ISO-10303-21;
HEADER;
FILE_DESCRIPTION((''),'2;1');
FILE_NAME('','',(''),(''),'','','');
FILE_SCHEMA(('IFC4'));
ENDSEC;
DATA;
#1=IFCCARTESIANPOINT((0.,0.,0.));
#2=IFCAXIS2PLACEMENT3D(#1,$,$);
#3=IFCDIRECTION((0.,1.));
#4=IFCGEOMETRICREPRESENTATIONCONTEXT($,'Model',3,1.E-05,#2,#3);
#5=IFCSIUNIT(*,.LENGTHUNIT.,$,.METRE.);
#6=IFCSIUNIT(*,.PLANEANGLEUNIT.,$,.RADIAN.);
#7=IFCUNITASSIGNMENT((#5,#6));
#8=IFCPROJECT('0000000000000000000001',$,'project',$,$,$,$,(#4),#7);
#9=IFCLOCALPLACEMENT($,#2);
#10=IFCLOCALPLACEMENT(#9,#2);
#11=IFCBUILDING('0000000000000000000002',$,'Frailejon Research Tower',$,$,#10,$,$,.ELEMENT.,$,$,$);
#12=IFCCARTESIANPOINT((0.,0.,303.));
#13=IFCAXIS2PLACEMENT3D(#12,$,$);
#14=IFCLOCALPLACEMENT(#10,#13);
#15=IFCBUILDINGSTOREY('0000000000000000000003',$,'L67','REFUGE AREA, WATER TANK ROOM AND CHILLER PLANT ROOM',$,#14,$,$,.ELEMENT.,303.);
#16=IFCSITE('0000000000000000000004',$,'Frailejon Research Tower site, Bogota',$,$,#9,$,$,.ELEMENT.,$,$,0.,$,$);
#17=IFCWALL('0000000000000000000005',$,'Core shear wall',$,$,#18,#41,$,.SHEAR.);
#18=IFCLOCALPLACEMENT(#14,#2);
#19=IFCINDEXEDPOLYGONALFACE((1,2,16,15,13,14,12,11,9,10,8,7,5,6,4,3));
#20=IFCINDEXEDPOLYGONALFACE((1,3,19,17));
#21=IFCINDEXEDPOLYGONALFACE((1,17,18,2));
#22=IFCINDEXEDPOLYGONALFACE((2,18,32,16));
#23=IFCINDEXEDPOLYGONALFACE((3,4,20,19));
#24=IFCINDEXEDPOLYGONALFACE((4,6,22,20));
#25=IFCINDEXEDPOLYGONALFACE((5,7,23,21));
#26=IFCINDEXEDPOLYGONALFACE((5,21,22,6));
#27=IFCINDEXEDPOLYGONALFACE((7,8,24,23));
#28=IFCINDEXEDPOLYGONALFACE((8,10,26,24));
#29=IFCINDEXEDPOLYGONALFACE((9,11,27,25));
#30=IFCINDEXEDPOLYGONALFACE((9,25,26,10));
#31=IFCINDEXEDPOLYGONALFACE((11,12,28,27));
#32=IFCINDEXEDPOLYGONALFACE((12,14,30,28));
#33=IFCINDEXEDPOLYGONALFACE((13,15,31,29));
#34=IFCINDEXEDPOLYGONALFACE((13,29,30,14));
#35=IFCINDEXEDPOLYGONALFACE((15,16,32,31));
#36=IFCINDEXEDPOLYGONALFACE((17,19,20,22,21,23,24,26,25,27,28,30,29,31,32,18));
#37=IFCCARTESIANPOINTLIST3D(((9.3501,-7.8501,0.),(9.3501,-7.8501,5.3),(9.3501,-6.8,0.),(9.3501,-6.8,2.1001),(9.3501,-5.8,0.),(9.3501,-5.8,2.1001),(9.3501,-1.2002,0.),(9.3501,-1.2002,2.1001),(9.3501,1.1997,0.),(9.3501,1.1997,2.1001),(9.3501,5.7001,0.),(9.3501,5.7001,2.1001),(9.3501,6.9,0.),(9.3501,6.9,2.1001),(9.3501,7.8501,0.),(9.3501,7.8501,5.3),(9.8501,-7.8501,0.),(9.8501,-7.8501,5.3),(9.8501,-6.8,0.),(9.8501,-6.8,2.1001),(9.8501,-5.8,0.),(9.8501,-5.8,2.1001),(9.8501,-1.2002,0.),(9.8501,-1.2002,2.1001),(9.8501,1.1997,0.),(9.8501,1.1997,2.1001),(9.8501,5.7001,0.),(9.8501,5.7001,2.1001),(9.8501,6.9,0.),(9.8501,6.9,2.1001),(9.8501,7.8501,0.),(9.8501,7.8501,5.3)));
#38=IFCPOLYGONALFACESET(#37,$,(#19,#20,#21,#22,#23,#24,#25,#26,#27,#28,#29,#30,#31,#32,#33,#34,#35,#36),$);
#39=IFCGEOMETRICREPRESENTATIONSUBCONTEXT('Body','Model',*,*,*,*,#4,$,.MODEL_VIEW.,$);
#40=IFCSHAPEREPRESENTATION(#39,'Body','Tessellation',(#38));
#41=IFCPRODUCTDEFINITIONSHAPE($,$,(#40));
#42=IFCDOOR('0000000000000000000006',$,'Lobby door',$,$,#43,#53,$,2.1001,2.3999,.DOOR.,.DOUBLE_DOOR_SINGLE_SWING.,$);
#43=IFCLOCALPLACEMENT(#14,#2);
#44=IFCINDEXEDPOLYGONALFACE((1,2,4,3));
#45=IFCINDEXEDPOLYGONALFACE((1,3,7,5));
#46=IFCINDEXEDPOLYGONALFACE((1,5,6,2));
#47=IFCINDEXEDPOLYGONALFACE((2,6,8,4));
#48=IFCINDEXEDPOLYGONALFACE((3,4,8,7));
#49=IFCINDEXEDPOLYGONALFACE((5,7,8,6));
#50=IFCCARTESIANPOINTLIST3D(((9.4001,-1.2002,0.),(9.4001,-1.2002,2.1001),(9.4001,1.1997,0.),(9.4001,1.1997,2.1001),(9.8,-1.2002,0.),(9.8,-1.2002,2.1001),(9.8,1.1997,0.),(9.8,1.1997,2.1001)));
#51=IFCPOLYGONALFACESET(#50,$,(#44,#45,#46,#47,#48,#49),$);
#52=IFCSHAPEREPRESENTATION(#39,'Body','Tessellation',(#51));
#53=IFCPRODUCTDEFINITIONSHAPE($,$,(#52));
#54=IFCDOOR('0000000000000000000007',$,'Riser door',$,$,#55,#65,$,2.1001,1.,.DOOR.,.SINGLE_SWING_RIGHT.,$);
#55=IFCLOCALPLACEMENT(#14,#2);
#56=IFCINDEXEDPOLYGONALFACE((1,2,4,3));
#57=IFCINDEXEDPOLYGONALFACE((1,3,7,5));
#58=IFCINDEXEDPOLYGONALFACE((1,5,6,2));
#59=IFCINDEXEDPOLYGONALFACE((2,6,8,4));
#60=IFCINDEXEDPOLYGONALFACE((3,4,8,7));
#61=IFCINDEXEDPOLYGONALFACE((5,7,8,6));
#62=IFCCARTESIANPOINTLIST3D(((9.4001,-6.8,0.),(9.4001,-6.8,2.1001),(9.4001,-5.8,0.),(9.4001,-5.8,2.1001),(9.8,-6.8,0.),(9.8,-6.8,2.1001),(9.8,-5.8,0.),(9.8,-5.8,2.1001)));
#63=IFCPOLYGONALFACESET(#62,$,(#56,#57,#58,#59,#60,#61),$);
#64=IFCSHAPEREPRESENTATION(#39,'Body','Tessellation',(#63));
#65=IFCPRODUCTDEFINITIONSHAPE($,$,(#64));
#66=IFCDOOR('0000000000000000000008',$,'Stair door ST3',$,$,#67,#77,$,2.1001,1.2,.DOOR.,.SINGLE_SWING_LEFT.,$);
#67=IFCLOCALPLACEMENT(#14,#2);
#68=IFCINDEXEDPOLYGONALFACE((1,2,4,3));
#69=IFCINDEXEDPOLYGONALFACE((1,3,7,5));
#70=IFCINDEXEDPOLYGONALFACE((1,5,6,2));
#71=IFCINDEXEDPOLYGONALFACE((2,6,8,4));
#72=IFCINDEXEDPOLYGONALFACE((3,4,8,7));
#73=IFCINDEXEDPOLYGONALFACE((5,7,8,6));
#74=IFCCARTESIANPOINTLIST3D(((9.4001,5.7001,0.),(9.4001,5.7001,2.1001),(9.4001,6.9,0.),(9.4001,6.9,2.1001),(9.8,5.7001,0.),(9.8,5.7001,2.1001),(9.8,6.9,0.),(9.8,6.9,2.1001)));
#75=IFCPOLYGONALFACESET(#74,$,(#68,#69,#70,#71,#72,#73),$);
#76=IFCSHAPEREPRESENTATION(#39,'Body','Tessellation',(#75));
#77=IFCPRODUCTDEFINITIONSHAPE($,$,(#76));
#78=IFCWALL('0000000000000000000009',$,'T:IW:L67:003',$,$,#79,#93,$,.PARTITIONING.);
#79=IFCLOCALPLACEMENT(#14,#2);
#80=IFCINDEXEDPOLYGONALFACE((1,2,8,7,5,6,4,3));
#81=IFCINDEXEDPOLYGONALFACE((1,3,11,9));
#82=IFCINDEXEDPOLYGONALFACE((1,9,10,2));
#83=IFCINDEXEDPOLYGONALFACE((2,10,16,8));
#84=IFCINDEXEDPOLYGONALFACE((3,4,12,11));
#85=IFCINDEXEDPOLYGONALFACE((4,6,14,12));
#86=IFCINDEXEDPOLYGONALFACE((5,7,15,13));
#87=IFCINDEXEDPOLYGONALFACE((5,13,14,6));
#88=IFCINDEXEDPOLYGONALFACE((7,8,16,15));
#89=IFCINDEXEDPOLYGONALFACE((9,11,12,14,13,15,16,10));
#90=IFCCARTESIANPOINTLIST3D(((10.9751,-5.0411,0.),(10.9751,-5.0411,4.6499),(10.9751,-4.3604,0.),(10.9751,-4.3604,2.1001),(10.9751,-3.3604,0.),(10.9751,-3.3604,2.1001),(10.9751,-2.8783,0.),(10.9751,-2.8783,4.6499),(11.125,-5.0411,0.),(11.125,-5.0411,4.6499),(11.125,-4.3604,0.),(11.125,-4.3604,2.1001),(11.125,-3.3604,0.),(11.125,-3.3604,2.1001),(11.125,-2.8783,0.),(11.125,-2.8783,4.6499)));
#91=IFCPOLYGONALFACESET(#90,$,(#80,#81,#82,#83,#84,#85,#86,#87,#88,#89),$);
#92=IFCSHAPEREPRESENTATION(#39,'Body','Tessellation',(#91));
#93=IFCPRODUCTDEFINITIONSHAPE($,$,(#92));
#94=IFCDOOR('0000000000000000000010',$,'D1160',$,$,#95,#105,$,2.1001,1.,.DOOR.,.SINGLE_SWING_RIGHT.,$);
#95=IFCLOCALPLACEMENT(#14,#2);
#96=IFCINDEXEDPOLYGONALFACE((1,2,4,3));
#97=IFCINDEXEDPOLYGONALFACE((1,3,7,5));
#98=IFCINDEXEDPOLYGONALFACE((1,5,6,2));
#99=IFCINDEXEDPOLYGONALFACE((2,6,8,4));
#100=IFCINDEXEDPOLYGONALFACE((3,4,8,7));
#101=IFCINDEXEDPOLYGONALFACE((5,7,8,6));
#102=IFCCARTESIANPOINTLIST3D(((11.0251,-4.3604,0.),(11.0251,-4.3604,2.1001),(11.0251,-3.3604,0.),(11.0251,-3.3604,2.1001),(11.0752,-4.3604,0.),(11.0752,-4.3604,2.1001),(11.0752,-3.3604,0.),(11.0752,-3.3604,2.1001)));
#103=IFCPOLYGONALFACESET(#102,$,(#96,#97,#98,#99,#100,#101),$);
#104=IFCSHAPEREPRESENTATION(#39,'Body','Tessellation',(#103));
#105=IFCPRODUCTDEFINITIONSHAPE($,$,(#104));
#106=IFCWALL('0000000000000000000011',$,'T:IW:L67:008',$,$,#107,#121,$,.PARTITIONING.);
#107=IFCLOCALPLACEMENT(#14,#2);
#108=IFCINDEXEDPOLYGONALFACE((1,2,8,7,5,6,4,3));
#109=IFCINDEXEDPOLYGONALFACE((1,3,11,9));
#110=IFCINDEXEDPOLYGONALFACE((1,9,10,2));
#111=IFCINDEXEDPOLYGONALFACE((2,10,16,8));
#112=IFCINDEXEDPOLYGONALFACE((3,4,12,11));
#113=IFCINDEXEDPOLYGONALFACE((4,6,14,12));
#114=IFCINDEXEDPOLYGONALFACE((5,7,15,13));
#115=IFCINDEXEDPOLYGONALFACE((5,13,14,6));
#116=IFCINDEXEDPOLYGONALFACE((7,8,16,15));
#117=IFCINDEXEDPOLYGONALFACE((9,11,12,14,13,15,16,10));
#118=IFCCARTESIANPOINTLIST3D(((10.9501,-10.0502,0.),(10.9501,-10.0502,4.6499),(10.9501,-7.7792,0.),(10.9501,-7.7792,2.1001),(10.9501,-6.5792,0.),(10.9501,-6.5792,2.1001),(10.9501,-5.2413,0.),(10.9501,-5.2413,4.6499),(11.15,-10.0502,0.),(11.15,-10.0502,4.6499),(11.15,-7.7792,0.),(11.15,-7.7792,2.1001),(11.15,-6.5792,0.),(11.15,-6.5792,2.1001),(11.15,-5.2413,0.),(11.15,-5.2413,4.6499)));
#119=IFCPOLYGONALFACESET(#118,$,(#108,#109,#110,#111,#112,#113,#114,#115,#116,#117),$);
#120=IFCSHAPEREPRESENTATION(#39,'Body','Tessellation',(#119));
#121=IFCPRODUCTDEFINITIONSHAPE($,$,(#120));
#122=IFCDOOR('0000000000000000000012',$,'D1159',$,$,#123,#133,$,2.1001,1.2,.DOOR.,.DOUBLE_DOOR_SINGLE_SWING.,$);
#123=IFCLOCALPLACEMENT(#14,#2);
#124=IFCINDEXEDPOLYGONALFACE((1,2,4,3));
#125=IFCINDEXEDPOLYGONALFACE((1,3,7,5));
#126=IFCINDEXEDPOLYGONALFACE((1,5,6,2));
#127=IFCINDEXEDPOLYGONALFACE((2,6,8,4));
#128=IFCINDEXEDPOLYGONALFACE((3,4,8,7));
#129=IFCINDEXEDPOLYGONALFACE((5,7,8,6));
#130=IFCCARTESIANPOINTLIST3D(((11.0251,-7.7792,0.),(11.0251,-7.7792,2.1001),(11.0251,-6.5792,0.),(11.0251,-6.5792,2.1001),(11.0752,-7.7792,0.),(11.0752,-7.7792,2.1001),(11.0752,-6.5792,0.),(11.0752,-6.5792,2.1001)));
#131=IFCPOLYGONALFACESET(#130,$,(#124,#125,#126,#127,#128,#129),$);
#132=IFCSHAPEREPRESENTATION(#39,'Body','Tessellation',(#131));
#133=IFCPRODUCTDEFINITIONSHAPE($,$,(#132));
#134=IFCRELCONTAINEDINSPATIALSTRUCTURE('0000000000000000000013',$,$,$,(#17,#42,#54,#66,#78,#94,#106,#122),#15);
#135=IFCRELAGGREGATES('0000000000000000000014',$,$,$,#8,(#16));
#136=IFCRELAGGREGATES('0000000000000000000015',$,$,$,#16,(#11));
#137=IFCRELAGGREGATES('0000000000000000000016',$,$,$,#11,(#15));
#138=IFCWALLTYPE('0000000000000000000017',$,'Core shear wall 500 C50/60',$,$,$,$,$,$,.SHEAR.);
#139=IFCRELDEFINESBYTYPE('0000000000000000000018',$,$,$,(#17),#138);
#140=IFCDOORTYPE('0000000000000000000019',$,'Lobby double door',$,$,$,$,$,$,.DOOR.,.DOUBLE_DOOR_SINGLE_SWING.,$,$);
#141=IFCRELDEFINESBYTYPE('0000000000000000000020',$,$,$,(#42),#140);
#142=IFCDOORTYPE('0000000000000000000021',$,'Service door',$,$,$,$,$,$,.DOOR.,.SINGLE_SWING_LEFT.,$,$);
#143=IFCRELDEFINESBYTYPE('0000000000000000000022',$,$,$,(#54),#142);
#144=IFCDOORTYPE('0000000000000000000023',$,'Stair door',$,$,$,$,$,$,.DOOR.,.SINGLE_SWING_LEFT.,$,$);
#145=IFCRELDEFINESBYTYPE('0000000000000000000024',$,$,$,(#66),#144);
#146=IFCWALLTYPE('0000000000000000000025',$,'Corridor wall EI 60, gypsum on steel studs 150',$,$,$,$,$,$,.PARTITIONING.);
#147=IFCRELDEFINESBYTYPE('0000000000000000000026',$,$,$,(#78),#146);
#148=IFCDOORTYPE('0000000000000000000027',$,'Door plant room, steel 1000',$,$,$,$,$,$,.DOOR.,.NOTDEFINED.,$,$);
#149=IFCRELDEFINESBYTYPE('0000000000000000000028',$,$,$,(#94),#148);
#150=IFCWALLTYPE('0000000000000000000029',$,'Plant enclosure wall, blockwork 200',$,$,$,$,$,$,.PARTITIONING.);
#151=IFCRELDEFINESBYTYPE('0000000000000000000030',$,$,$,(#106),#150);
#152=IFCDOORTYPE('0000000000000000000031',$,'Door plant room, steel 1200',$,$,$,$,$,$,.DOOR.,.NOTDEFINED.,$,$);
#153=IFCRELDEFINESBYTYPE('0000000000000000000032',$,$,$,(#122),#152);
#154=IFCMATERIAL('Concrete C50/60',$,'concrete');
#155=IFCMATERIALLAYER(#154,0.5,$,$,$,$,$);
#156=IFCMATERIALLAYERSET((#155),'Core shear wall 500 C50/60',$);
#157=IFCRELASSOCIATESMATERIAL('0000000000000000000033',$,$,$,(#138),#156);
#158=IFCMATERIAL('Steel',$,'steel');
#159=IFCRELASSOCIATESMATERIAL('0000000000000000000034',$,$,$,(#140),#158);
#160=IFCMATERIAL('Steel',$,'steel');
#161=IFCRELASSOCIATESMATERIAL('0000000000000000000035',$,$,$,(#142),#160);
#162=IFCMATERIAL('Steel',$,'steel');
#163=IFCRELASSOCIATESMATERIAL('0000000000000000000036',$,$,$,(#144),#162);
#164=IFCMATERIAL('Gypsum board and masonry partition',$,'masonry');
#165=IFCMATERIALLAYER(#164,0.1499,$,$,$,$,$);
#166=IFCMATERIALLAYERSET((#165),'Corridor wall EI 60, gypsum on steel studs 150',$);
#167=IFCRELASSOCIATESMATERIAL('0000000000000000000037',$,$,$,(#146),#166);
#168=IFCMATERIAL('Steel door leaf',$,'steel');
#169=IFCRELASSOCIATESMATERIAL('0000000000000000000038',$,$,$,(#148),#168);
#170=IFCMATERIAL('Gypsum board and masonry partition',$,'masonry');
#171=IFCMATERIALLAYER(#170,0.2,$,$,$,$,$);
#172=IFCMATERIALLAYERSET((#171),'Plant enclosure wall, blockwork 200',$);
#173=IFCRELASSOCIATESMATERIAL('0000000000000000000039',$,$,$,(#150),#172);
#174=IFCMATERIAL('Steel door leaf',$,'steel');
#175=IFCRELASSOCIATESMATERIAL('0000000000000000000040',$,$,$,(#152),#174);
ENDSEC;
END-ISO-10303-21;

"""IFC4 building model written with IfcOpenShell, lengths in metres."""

from ifc_helpers import new_model, si_unit, direction, frame, frame_2d, origin, place, context, subcontext, project, spatial, rectangle, extrude, material, layer, layer_set, type_object, element, fill, save


model = new_model("IFC4")

# Units and contexts
model_context = context("Model", 3, precision=1e-05, world=origin(), true_north=direction((0.0, 1.0)))
body_context = subcontext(model_context, "Body", "Model", "MODEL_VIEW")
ifc_project = project(units=[si_unit("LENGTHUNIT", "METRE"), si_unit("PLANEANGLEUNIT", "RADIAN")], contexts=[model_context])

# Site, building, storey
site_placement = place(None, origin())
site = spatial("IfcSite", under=ifc_project, at=site_placement, Name="Frailejon Research Tower site, Bogota", CompositionType="ELEMENT", RefElevation=0.0)
building_placement = place(site_placement, origin())
building = spatial("IfcBuilding", under=site, at=building_placement, Name="Frailejon Research Tower", CompositionType="ELEMENT")
storey_placement = place(building_placement, frame((0.0, 0.0, 303.0)))
storey = spatial("IfcBuildingStorey", under=building, at=storey_placement, Name="L67", Description="REFUGE AREA, WATER TANK ROOM AND CHILLER PLANT ROOM", CompositionType="ELEMENT", Elevation=303.0)

# Wall, openings, doors
ifc_material_1 = material(Name="Concrete C50/60", Category="concrete")
ifc_layer_1 = layer(ifc_material_1, 0.5)
ifc_layer_set_1 = layer_set([ifc_layer_1], Name="Core shear wall 500 C50/60")
wall_type_1 = type_object("IfcWallType", Name="Core shear wall 500 C50/60", PredefinedType="SHEAR", material=ifc_layer_set_1)
wall_1_placement = place(storey_placement, frame((9.6001, -7.8501, 0.0), z_axis=(0.0, 0.0, 1.0), x_axis=(0.0, 1.0, 0.0)))
wall_1 = element("IfcWall", 1, at=wall_1_placement, inside=storey, type_object=wall_type_1, Name="Core shear wall", PredefinedType="SHEAR", context=body_context, shape_type="SweptSolid", body=[
    extrude(rectangle(XDim=15.7002, YDim=0.5, at=frame_2d((7.8501, 0.0))), origin(), (0.0, 0.0, 1.0), 5.3),
])
opening_1_placement = place(wall_1_placement, frame((6.6499, 0.0, 0.0)))
opening_1 = element("IfcOpeningElement", 2, at=opening_1_placement, cuts=wall_1, PredefinedType="OPENING", context=body_context, shape_type="SweptSolid", body=[
    extrude(rectangle(XDim=2.3999, YDim=2.1001, at=frame_2d((1.2, 1.05))), frame((0.0, 0.26, 0.0), z_axis=(0.0, -1.0, 0.0), x_axis=(1.0, 0.0, 0.0)), (0.0, 0.0, 1.0), 0.52),
])
opening_2_placement = place(wall_1_placement, frame((13.55, 0.0, 0.0)))
opening_2 = element("IfcOpeningElement", 3, at=opening_2_placement, cuts=wall_1, PredefinedType="OPENING", context=body_context, shape_type="SweptSolid", body=[
    extrude(rectangle(XDim=1.2, YDim=2.1001, at=frame_2d((0.6001, 1.05))), frame((0.0, 0.26, 0.0), z_axis=(0.0, -1.0, 0.0), x_axis=(1.0, 0.0, 0.0)), (0.0, 0.0, 1.0), 0.52),
])
opening_3_placement = place(wall_1_placement, frame((1.05, 0.0, 0.0)))
opening_3 = element("IfcOpeningElement", 4, at=opening_3_placement, cuts=wall_1, PredefinedType="OPENING", context=body_context, shape_type="SweptSolid", body=[
    extrude(rectangle(XDim=1.0, YDim=2.1001, at=frame_2d((0.5, 1.05))), frame((0.0, 0.26, 0.0), z_axis=(0.0, -1.0, 0.0), x_axis=(1.0, 0.0, 0.0)), (0.0, 0.0, 1.0), 0.52),
])
ifc_material_2 = material(Name="Steel", Category="steel")
door_type_1 = type_object("IfcDoorType", Name="Lobby double door", OperationType="DOUBLE_DOOR_SINGLE_SWING", PredefinedType="DOOR", material=ifc_material_2)
door_1_placement = place(opening_1_placement, origin())
door_1 = element("IfcDoor", 5, at=door_1_placement, inside=storey, type_object=door_type_1, Name="Lobby door", OperationType="DOUBLE_DOOR_SINGLE_SWING", OverallHeight=2.1001, OverallWidth=2.3999, PredefinedType="DOOR", context=body_context, shape_type="SweptSolid", body=[
    extrude(rectangle(XDim=2.3999, YDim=2.1001, at=frame_2d((1.2, 1.05))), frame((0.0, 0.2, 0.0), z_axis=(0.0, -1.0, 0.0), x_axis=(1.0, 0.0, 0.0)), (0.0, 0.0, 1.0), 0.3999),
])
fill(opening_1, door_1)
ifc_material_3 = material(Name="Steel", Category="steel")
door_type_2 = type_object("IfcDoorType", Name="Service door", OperationType="SINGLE_SWING_LEFT", PredefinedType="DOOR", material=ifc_material_3)
door_2_placement = place(opening_3_placement, origin())
door_2 = element("IfcDoor", 6, at=door_2_placement, inside=storey, type_object=door_type_2, Name="Riser door", OperationType="SINGLE_SWING_RIGHT", OverallHeight=2.1001, OverallWidth=1.0, PredefinedType="DOOR", context=body_context, shape_type="SweptSolid", body=[
    extrude(rectangle(XDim=1.0, YDim=2.1001, at=frame_2d((0.5, 1.05))), frame((0.0, 0.2, 0.0), z_axis=(0.0, -1.0, 0.0), x_axis=(1.0, 0.0, 0.0)), (0.0, 0.0, 1.0), 0.3999),
])
fill(opening_3, door_2)
ifc_material_4 = material(Name="Steel", Category="steel")
door_type_3 = type_object("IfcDoorType", Name="Stair door", OperationType="SINGLE_SWING_LEFT", PredefinedType="DOOR", material=ifc_material_4)
door_3_placement = place(opening_2_placement, origin())
door_3 = element("IfcDoor", 7, at=door_3_placement, inside=storey, type_object=door_type_3, Name="Stair door ST3", OperationType="SINGLE_SWING_LEFT", OverallHeight=2.1001, OverallWidth=1.2, PredefinedType="DOOR", context=body_context, shape_type="SweptSolid", body=[
    extrude(rectangle(XDim=1.2, YDim=2.1001, at=frame_2d((0.6001, 1.05))), frame((0.0, 0.2, 0.0), z_axis=(0.0, -1.0, 0.0), x_axis=(1.0, 0.0, 0.0)), (0.0, 0.0, 1.0), 0.3999),
])
fill(opening_2, door_3)

# Walls, openings, doors
ifc_material_5 = material(Name="Gypsum board and masonry partition", Category="masonry")
ifc_layer_2 = layer(ifc_material_5, 0.1499)
ifc_layer_set_2 = layer_set([ifc_layer_2], Name="Corridor wall EI 60, gypsum on steel studs 150")
wall_type_2 = type_object("IfcWallType", Name="Corridor wall EI 60, gypsum on steel studs 150", PredefinedType="PARTITIONING", material=ifc_layer_set_2)
wall_2_placement = place(storey_placement, frame((11.05, -5.0413, 0.0), z_axis=(0.0, 0.0, 1.0), x_axis=(0.0, 1.0, 0.0)))
wall_2 = element("IfcWall", 8, at=wall_2_placement, inside=storey, type_object=wall_type_2, Name="T:IW:L67:003", PredefinedType="PARTITIONING", context=body_context, shape_type="SweptSolid", body=[
    extrude(rectangle(XDim=2.1628, YDim=0.1499, at=frame_2d((1.0815, 0.0))), origin(), (0.0, 0.0, 1.0), 4.6499),
])
opening_4_placement = place(wall_2_placement, frame((0.6809, 0.0, 0.0)))
opening_4 = element("IfcOpeningElement", 9, at=opening_4_placement, cuts=wall_2, PredefinedType="OPENING", context=body_context, shape_type="SweptSolid", body=[
    extrude(rectangle(XDim=1.0, YDim=2.1001, at=frame_2d((0.5, 1.05))), frame((0.0, 0.085, 0.0), z_axis=(0.0, -1.0, 0.0), x_axis=(1.0, 0.0, 0.0)), (0.0, 0.0, 1.0), 0.1699),
])
ifc_material_6 = material(Name="Steel door leaf", Category="steel")
door_type_4 = type_object("IfcDoorType", Name="Door plant room, steel 1000", OperationType="NOTDEFINED", PredefinedType="DOOR", material=ifc_material_6)
door_4_placement = place(opening_4_placement, origin())
door_4 = element("IfcDoor", 10, at=door_4_placement, inside=storey, type_object=door_type_4, Name="D1160", OperationType="SINGLE_SWING_RIGHT", OverallHeight=2.1001, OverallWidth=1.0, PredefinedType="DOOR", context=body_context, shape_type="SweptSolid", body=[
    extrude(rectangle(XDim=1.0, YDim=2.1001, at=frame_2d((0.5, 1.05))), frame((0.0, 0.0249, 0.0), z_axis=(0.0, -1.0, 0.0), x_axis=(1.0, 0.0, 0.0)), (0.0, 0.0, 1.0), 0.05),
])
fill(opening_4, door_4)
ifc_material_7 = material(Name="Gypsum board and masonry partition", Category="masonry")
ifc_layer_3 = layer(ifc_material_7, 0.2)
ifc_layer_set_3 = layer_set([ifc_layer_3], Name="Plant enclosure wall, blockwork 200")
wall_type_3 = type_object("IfcWallType", Name="Plant enclosure wall, blockwork 200", PredefinedType="PARTITIONING", material=ifc_layer_set_3)
wall_3_placement = place(storey_placement, frame((11.05, -10.05, 0.0), z_axis=(0.0, 0.0, 1.0), x_axis=(0.0, 1.0, 0.0)))
wall_3 = element("IfcWall", 11, at=wall_3_placement, inside=storey, type_object=wall_type_3, Name="T:IW:L67:008", PredefinedType="PARTITIONING", context=body_context, shape_type="SweptSolid", body=[
    extrude(rectangle(XDim=4.8088, YDim=0.2, at=frame_2d((2.4043, 0.0))), origin(), (0.0, 0.0, 1.0), 4.6499),
])
opening_5_placement = place(wall_3_placement, frame((2.2708, 0.0, 0.0)))
opening_5 = element("IfcOpeningElement", 12, at=opening_5_placement, cuts=wall_3, PredefinedType="OPENING", context=body_context, shape_type="SweptSolid", body=[
    extrude(rectangle(XDim=1.2, YDim=2.1001, at=frame_2d((0.6001, 1.05))), frame((0.0, 0.1099, 0.0), z_axis=(0.0, -1.0, 0.0), x_axis=(1.0, 0.0, 0.0)), (0.0, 0.0, 1.0), 0.22),
])
ifc_material_8 = material(Name="Steel door leaf", Category="steel")
door_type_5 = type_object("IfcDoorType", Name="Door plant room, steel 1200", OperationType="NOTDEFINED", PredefinedType="DOOR", material=ifc_material_8)
door_5_placement = place(opening_5_placement, origin())
door_5 = element("IfcDoor", 13, at=door_5_placement, inside=storey, type_object=door_type_5, Name="D1159", OperationType="DOUBLE_DOOR_SINGLE_SWING", OverallHeight=2.1001, OverallWidth=1.2, PredefinedType="DOOR", context=body_context, shape_type="SweptSolid", body=[
    extrude(rectangle(XDim=1.2, YDim=2.1001, at=frame_2d((0.6001, 1.05))), frame((0.0, 0.0249, 0.0), z_axis=(0.0, -1.0, 0.0), x_axis=(1.0, 0.0, 0.0)), (0.0, 0.0, 1.0), 0.05),
])
fill(opening_5, door_5)

save(model, "model.ifc")
